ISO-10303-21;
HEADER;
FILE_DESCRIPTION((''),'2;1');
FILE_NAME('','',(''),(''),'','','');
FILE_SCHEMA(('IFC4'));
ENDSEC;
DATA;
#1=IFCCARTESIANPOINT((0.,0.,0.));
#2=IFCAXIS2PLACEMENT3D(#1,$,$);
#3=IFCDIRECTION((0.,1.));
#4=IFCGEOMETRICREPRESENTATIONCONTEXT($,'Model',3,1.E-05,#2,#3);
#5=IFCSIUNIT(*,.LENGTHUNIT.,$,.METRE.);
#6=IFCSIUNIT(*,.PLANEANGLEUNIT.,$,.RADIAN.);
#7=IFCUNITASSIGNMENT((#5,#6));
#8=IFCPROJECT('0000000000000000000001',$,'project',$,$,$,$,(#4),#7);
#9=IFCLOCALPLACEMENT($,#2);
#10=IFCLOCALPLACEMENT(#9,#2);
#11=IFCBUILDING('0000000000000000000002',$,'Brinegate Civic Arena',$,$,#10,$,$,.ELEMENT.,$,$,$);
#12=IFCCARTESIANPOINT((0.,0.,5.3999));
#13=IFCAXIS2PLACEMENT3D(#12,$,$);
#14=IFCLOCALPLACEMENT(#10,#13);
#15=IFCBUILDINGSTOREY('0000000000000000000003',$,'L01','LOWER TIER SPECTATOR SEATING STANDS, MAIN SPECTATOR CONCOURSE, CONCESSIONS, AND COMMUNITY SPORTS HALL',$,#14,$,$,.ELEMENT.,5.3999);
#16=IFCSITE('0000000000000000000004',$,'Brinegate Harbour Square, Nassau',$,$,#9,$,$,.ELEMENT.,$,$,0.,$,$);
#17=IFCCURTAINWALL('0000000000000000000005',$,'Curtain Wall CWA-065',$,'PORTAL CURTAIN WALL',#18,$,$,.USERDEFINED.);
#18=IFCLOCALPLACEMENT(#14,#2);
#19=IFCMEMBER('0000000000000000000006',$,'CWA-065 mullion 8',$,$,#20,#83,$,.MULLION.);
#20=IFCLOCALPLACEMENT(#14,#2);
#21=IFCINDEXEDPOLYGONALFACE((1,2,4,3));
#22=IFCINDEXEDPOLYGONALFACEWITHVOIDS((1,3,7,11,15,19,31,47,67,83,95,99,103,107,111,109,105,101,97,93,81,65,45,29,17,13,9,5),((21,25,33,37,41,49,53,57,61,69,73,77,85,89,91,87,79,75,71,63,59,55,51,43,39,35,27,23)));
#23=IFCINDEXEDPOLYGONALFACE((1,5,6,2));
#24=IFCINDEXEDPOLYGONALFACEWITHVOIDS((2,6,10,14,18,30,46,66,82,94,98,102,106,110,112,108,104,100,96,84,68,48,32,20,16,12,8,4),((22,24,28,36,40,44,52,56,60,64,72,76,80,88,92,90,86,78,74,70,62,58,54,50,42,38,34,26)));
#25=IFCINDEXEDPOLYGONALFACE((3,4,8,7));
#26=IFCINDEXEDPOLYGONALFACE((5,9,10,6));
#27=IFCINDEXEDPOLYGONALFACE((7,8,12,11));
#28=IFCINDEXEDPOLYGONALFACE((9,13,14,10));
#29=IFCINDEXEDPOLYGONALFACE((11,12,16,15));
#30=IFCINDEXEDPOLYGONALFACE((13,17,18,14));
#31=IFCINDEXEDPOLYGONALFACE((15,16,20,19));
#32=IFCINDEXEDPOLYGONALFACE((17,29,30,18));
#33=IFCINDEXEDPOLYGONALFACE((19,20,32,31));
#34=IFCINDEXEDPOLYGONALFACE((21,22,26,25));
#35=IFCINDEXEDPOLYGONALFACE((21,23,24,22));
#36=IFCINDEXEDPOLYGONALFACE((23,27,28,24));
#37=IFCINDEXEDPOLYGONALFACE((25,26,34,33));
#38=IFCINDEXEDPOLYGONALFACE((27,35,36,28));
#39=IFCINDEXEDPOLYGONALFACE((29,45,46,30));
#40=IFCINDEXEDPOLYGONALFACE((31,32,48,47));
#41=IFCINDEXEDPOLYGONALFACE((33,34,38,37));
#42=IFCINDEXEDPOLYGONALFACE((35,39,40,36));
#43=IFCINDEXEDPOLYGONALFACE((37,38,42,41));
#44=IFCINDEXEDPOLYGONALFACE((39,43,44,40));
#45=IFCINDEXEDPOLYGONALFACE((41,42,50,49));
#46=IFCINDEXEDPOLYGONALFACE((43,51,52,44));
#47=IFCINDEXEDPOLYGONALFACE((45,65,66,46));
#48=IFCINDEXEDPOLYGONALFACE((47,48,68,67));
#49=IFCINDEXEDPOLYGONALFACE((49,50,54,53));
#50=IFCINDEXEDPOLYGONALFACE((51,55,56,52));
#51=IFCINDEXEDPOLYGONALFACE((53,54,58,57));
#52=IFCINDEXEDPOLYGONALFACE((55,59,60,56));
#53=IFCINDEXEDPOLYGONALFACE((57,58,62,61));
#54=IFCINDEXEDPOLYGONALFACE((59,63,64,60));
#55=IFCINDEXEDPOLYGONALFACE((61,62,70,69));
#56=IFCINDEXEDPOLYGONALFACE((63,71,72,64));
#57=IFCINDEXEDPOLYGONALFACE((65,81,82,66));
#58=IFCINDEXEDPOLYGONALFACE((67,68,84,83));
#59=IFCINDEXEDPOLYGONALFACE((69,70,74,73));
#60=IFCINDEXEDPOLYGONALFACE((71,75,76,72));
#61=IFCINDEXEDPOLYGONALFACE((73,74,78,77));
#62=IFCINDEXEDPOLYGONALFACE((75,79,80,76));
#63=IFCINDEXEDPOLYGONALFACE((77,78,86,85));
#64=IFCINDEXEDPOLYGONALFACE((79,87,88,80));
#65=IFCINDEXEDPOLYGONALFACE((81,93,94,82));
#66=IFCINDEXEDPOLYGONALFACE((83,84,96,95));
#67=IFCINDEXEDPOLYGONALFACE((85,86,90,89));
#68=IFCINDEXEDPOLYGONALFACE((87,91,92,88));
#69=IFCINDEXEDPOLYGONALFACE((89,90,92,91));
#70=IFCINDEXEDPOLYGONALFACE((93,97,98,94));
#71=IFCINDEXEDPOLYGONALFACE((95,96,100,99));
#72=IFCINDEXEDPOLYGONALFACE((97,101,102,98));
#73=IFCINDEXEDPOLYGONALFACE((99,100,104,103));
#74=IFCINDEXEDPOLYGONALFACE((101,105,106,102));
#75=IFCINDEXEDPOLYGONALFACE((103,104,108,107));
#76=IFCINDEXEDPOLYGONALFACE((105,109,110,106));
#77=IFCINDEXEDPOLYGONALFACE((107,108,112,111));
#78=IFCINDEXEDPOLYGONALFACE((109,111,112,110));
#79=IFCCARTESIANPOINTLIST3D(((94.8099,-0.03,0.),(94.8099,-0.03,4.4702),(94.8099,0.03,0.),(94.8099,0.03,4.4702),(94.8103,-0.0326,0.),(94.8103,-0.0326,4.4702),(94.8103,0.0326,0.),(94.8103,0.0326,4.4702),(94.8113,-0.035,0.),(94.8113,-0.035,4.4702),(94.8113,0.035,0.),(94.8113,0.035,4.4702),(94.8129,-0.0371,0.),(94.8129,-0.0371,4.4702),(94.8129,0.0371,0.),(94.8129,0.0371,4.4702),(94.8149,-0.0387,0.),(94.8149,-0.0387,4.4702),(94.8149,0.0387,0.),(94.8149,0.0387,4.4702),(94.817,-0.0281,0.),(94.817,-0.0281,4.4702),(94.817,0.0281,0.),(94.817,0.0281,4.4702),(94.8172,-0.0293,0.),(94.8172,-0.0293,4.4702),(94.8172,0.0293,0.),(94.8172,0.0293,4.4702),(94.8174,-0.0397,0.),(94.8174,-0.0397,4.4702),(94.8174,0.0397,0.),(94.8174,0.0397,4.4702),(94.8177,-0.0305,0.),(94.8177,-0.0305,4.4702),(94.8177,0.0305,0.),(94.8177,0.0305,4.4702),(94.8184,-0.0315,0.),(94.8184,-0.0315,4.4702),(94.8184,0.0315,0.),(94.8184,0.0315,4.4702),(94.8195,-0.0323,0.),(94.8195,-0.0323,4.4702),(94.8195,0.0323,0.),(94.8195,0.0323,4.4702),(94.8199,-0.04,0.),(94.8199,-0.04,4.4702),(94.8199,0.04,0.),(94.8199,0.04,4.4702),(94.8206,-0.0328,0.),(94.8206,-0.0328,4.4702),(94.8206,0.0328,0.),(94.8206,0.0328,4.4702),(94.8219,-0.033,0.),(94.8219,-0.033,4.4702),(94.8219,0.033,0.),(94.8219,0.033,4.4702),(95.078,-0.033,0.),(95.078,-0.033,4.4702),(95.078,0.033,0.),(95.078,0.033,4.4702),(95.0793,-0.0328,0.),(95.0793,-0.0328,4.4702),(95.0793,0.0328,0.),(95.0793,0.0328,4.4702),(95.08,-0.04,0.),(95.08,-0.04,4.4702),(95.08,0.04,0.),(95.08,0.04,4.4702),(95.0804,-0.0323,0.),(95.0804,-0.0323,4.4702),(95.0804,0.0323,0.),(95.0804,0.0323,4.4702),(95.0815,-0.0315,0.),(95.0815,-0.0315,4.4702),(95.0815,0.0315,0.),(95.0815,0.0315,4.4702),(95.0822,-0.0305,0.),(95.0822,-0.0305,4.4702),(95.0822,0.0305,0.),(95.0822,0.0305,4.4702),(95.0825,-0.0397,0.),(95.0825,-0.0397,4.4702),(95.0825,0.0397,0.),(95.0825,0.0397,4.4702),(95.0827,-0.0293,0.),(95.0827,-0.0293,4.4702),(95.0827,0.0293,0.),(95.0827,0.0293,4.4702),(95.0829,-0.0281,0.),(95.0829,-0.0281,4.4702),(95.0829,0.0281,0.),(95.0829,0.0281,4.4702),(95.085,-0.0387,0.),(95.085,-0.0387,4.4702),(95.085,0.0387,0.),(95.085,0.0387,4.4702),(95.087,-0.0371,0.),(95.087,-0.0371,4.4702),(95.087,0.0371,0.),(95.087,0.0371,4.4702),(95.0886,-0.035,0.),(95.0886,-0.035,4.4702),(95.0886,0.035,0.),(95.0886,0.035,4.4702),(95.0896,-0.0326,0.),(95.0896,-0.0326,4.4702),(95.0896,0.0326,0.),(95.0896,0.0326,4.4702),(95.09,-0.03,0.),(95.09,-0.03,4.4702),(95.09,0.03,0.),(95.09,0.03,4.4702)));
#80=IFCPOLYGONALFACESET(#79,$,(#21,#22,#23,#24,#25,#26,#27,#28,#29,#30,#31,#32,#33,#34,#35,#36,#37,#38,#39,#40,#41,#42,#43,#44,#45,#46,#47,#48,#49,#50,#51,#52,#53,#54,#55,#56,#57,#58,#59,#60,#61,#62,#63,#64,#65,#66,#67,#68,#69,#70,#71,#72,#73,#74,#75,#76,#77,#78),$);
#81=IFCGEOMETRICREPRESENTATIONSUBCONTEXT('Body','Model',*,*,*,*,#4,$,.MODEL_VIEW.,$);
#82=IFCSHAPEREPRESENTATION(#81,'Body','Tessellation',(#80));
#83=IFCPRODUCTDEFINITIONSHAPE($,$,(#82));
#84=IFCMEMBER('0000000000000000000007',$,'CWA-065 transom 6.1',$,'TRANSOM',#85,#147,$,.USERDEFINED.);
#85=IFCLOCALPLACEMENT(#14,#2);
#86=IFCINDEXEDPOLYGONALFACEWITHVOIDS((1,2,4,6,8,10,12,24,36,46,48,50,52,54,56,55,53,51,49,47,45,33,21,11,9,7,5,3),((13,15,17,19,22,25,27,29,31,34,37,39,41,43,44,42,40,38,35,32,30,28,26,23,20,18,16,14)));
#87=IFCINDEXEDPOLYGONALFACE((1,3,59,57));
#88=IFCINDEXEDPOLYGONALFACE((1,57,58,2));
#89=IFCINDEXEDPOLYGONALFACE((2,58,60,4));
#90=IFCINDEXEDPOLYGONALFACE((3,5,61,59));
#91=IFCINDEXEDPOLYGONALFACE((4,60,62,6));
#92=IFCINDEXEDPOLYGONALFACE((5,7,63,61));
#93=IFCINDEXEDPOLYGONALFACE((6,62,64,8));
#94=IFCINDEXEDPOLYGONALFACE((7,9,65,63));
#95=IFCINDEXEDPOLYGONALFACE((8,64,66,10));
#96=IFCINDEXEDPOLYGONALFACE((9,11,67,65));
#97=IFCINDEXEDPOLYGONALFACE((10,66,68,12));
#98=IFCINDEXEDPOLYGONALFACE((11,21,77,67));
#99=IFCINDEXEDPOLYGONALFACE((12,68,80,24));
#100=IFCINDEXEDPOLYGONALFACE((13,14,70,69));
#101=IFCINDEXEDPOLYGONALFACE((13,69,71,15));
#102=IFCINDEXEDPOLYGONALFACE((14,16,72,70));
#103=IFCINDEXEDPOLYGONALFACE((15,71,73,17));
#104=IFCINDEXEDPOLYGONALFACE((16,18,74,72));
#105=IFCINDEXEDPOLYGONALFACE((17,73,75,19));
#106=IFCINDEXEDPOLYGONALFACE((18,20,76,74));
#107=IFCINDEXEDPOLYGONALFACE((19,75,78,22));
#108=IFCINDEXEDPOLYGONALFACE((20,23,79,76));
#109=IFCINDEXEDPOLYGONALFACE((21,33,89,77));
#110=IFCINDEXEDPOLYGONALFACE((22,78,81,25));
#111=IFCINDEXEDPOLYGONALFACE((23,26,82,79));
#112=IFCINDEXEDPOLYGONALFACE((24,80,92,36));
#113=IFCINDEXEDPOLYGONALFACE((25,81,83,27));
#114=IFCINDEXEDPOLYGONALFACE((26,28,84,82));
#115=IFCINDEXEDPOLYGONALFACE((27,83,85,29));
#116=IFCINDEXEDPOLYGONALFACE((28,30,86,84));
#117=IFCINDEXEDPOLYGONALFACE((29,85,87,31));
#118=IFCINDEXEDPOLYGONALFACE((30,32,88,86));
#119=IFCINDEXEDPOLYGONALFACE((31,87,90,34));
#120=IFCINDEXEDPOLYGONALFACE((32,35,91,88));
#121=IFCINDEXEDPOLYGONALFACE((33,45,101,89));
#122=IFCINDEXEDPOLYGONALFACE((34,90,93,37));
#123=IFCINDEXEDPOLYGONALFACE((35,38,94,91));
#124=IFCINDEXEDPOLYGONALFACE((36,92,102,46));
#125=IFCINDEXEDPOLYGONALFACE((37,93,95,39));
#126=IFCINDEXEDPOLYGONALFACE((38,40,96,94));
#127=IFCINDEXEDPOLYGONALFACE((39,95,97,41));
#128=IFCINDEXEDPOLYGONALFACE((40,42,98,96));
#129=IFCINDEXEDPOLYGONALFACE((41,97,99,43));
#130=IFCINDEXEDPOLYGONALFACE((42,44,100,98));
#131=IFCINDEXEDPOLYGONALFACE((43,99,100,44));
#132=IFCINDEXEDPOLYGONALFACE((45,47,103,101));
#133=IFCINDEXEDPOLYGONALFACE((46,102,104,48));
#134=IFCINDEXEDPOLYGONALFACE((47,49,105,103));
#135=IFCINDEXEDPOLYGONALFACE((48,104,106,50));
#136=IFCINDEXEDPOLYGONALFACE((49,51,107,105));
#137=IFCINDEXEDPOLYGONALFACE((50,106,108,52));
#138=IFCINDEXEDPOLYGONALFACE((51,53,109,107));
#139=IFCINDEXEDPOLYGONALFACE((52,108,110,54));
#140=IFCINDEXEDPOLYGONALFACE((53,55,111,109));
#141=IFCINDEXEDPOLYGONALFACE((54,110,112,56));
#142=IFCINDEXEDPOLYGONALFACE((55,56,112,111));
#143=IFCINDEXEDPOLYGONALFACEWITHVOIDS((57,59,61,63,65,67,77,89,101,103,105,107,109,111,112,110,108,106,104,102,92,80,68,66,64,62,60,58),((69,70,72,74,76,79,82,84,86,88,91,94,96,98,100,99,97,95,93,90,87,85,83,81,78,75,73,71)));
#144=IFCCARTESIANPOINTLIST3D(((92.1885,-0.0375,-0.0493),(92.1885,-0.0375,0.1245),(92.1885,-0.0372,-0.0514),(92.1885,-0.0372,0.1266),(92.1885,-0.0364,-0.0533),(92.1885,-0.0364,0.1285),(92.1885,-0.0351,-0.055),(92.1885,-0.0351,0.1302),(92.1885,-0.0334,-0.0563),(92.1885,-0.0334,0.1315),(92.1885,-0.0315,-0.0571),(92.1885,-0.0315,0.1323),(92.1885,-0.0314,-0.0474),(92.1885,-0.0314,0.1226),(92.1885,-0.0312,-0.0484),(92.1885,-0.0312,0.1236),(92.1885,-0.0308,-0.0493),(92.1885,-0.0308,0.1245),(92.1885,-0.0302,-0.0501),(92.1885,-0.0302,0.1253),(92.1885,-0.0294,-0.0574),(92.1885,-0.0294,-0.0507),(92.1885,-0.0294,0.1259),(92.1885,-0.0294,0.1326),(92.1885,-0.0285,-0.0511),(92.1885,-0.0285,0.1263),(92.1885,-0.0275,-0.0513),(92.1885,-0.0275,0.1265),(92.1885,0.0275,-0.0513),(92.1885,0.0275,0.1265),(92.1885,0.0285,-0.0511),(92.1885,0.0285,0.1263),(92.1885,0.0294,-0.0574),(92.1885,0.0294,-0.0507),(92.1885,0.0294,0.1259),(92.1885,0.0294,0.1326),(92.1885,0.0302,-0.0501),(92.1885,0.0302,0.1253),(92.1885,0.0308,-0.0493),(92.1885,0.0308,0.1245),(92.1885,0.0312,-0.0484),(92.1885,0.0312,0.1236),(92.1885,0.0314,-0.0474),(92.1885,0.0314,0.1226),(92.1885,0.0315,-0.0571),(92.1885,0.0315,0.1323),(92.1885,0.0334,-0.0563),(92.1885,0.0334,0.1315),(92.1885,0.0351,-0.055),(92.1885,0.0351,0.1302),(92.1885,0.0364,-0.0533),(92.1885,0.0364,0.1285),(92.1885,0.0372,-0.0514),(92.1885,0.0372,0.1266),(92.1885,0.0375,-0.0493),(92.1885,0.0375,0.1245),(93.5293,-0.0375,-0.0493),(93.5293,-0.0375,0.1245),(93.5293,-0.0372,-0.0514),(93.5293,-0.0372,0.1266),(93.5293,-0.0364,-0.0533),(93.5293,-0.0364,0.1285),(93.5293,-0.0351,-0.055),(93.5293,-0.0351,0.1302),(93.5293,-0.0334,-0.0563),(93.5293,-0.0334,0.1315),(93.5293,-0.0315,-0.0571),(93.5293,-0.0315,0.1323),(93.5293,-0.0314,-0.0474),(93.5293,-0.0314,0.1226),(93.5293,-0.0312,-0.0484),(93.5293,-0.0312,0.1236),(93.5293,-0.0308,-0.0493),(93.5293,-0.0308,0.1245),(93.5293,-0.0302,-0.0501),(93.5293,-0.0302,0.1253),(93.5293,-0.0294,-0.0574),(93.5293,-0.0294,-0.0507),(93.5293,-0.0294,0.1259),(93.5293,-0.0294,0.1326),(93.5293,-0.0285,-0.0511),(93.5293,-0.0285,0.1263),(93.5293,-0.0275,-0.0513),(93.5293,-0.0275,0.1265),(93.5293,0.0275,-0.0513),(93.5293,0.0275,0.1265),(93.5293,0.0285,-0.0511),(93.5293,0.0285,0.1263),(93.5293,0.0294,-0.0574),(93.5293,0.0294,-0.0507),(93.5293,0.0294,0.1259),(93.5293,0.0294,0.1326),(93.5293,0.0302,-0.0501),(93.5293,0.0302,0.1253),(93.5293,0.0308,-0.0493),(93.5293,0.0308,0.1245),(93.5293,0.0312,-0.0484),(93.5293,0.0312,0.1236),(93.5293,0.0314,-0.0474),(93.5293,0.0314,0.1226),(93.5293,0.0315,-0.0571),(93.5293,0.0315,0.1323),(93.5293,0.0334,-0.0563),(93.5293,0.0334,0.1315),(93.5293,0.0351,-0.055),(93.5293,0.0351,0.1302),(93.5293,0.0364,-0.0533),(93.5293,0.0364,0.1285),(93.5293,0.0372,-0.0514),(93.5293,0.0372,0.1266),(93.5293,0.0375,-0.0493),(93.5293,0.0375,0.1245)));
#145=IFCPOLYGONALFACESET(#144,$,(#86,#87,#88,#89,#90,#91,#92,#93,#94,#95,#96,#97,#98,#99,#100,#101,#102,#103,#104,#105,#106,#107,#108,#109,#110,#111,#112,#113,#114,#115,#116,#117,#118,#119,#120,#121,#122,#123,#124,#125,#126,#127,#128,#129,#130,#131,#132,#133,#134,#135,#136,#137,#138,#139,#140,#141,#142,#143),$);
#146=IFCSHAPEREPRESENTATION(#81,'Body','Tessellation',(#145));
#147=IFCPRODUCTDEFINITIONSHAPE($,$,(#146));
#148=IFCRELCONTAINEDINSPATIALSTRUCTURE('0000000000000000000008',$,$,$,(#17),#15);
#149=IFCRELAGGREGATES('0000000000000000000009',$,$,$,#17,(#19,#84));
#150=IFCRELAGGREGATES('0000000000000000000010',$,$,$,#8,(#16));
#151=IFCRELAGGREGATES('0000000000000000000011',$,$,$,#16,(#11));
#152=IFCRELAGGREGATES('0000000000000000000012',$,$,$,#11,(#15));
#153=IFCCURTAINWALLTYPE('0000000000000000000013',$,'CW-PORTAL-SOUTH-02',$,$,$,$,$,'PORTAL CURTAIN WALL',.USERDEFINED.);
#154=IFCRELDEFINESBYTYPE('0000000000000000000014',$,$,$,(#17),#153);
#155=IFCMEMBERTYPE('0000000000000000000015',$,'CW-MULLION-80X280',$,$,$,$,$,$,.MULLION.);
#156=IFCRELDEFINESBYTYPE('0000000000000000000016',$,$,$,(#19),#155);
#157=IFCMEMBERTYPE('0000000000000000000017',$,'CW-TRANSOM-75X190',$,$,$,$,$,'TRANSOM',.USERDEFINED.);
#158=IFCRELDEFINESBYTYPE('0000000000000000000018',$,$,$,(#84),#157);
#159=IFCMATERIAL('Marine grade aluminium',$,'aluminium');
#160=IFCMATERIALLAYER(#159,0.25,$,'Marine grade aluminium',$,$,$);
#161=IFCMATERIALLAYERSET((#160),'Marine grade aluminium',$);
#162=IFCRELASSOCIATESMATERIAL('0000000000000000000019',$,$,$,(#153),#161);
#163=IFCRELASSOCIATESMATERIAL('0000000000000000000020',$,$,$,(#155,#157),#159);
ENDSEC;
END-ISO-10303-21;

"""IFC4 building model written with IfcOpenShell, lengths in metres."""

from ifc_helpers import new_model, si_unit, direction, frame, origin, origin_2d, place, context, subcontext, project, spatial, hollow_rectangle, extrude, material, layer, layer_set, material_profile, profile_set, type_object, element, aggregate, save


model = new_model("IFC4")

# Units and contexts
model_context = context("Model", 3, precision=1e-05, world=origin(), true_north=direction((0.0, 1.0)))
body_context = subcontext(model_context, "Body", "Model", "MODEL_VIEW")
ifc_project = project(units=[si_unit("LENGTHUNIT", "METRE"), si_unit("PLANEANGLEUNIT", "RADIAN")], contexts=[model_context])

# Site, building, storey
site_placement = place(None, origin())
site = spatial("IfcSite", under=ifc_project, at=site_placement, Name="Brinegate Harbour Square, Nassau", CompositionType="ELEMENT", RefElevation=0.0)
building_placement = place(site_placement, origin())
building = spatial("IfcBuilding", under=site, at=building_placement, Name="Brinegate Civic Arena", CompositionType="ELEMENT")
storey_placement = place(building_placement, frame((0.0, 0.0, 5.3999)))
storey = spatial("IfcBuildingStorey", under=building, at=storey_placement, Name="L01", Description="LOWER TIER SPECTATOR SEATING STANDS, MAIN SPECTATOR CONCOURSE, CONCESSIONS, AND COMMUNITY SPORTS HALL", CompositionType="ELEMENT", Elevation=5.3999)

# Curtain wall, members
ifc_material_1 = material(Name="Marine grade aluminium", Category="aluminium")
ifc_layer_1 = layer(ifc_material_1, 0.25, Name="Marine grade aluminium")
ifc_layer_set_1 = layer_set([ifc_layer_1], Name="Marine grade aluminium")
curtain_wall_type = type_object("IfcCurtainWallType", Name="CW-PORTAL-SOUTH-02", ElementType="PORTAL CURTAIN WALL", PredefinedType="USERDEFINED", material=ifc_layer_set_1)
curtain_wall_placement = place(storey_placement, origin())
curtain_wall = element("IfcCurtainWall", 1, at=curtain_wall_placement, inside=storey, type_object=curtain_wall_type, Name="Curtain Wall CWA-065", ObjectType="PORTAL CURTAIN WALL", PredefinedType="USERDEFINED")
ifc_material_profile_1 = material_profile(ifc_material_1, hollow_rectangle(XDim=0.0801, YDim=0.28, WallThickness=0.0071, InnerFilletRadius=0.0049, OuterFilletRadius=0.01, at=origin_2d()), Name="MUL80X280")
ifc_profile_set_1 = profile_set([ifc_material_profile_1], Name="Marine grade aluminium")
member_type_1 = type_object("IfcMemberType", Name="CW-MULLION-80X280", PredefinedType="MULLION", material=ifc_profile_set_1)
member_1_placement = place(storey_placement, frame((94.95, 0.0, 0.0), z_axis=(0.0, 0.0, 1.0), x_axis=(0.0, 1.0, 0.0)))
member_1 = element("IfcMember", 2, at=member_1_placement, type_object=member_type_1, Name="CWA-065 mullion 8", PredefinedType="MULLION", context=body_context, shape_type="SweptSolid", body=[
    extrude(hollow_rectangle(XDim=0.0801, YDim=0.28, WallThickness=0.0071, InnerFilletRadius=0.0049, OuterFilletRadius=0.01, at=origin_2d()), origin(), (0.0, 0.0, 1.0), 4.4702),
])
ifc_material_profile_2 = material_profile(ifc_material_1, hollow_rectangle(XDim=0.075, YDim=0.1899, WallThickness=0.0061, InnerFilletRadius=0.0039, OuterFilletRadius=0.0081, at=origin_2d()), Name="TRN75X190")
ifc_profile_set_2 = profile_set([ifc_material_profile_2], Name="Marine grade aluminium")
member_type_2 = type_object("IfcMemberType", Name="CW-TRANSOM-75X190", ElementType="TRANSOM", PredefinedType="USERDEFINED", material=ifc_profile_set_2)
member_2_placement = place(storey_placement, frame((92.1885, 0.0, 0.0376), z_axis=(1.0, 0.0, 0.0), x_axis=(0.0, 1.0, 0.0)))
member_2 = element("IfcMember", 3, at=member_2_placement, type_object=member_type_2, Name="CWA-065 transom 6.1", ObjectType="TRANSOM", PredefinedType="USERDEFINED", context=body_context, shape_type="SweptSolid", body=[
    extrude(hollow_rectangle(XDim=0.075, YDim=0.1899, WallThickness=0.0061, InnerFilletRadius=0.0039, OuterFilletRadius=0.0081, at=origin_2d()), origin(), (0.0, 0.0, 1.0), 1.3408),
])

aggregate(curtain_wall, [member_1, member_2])

save(model, "model.ifc")
